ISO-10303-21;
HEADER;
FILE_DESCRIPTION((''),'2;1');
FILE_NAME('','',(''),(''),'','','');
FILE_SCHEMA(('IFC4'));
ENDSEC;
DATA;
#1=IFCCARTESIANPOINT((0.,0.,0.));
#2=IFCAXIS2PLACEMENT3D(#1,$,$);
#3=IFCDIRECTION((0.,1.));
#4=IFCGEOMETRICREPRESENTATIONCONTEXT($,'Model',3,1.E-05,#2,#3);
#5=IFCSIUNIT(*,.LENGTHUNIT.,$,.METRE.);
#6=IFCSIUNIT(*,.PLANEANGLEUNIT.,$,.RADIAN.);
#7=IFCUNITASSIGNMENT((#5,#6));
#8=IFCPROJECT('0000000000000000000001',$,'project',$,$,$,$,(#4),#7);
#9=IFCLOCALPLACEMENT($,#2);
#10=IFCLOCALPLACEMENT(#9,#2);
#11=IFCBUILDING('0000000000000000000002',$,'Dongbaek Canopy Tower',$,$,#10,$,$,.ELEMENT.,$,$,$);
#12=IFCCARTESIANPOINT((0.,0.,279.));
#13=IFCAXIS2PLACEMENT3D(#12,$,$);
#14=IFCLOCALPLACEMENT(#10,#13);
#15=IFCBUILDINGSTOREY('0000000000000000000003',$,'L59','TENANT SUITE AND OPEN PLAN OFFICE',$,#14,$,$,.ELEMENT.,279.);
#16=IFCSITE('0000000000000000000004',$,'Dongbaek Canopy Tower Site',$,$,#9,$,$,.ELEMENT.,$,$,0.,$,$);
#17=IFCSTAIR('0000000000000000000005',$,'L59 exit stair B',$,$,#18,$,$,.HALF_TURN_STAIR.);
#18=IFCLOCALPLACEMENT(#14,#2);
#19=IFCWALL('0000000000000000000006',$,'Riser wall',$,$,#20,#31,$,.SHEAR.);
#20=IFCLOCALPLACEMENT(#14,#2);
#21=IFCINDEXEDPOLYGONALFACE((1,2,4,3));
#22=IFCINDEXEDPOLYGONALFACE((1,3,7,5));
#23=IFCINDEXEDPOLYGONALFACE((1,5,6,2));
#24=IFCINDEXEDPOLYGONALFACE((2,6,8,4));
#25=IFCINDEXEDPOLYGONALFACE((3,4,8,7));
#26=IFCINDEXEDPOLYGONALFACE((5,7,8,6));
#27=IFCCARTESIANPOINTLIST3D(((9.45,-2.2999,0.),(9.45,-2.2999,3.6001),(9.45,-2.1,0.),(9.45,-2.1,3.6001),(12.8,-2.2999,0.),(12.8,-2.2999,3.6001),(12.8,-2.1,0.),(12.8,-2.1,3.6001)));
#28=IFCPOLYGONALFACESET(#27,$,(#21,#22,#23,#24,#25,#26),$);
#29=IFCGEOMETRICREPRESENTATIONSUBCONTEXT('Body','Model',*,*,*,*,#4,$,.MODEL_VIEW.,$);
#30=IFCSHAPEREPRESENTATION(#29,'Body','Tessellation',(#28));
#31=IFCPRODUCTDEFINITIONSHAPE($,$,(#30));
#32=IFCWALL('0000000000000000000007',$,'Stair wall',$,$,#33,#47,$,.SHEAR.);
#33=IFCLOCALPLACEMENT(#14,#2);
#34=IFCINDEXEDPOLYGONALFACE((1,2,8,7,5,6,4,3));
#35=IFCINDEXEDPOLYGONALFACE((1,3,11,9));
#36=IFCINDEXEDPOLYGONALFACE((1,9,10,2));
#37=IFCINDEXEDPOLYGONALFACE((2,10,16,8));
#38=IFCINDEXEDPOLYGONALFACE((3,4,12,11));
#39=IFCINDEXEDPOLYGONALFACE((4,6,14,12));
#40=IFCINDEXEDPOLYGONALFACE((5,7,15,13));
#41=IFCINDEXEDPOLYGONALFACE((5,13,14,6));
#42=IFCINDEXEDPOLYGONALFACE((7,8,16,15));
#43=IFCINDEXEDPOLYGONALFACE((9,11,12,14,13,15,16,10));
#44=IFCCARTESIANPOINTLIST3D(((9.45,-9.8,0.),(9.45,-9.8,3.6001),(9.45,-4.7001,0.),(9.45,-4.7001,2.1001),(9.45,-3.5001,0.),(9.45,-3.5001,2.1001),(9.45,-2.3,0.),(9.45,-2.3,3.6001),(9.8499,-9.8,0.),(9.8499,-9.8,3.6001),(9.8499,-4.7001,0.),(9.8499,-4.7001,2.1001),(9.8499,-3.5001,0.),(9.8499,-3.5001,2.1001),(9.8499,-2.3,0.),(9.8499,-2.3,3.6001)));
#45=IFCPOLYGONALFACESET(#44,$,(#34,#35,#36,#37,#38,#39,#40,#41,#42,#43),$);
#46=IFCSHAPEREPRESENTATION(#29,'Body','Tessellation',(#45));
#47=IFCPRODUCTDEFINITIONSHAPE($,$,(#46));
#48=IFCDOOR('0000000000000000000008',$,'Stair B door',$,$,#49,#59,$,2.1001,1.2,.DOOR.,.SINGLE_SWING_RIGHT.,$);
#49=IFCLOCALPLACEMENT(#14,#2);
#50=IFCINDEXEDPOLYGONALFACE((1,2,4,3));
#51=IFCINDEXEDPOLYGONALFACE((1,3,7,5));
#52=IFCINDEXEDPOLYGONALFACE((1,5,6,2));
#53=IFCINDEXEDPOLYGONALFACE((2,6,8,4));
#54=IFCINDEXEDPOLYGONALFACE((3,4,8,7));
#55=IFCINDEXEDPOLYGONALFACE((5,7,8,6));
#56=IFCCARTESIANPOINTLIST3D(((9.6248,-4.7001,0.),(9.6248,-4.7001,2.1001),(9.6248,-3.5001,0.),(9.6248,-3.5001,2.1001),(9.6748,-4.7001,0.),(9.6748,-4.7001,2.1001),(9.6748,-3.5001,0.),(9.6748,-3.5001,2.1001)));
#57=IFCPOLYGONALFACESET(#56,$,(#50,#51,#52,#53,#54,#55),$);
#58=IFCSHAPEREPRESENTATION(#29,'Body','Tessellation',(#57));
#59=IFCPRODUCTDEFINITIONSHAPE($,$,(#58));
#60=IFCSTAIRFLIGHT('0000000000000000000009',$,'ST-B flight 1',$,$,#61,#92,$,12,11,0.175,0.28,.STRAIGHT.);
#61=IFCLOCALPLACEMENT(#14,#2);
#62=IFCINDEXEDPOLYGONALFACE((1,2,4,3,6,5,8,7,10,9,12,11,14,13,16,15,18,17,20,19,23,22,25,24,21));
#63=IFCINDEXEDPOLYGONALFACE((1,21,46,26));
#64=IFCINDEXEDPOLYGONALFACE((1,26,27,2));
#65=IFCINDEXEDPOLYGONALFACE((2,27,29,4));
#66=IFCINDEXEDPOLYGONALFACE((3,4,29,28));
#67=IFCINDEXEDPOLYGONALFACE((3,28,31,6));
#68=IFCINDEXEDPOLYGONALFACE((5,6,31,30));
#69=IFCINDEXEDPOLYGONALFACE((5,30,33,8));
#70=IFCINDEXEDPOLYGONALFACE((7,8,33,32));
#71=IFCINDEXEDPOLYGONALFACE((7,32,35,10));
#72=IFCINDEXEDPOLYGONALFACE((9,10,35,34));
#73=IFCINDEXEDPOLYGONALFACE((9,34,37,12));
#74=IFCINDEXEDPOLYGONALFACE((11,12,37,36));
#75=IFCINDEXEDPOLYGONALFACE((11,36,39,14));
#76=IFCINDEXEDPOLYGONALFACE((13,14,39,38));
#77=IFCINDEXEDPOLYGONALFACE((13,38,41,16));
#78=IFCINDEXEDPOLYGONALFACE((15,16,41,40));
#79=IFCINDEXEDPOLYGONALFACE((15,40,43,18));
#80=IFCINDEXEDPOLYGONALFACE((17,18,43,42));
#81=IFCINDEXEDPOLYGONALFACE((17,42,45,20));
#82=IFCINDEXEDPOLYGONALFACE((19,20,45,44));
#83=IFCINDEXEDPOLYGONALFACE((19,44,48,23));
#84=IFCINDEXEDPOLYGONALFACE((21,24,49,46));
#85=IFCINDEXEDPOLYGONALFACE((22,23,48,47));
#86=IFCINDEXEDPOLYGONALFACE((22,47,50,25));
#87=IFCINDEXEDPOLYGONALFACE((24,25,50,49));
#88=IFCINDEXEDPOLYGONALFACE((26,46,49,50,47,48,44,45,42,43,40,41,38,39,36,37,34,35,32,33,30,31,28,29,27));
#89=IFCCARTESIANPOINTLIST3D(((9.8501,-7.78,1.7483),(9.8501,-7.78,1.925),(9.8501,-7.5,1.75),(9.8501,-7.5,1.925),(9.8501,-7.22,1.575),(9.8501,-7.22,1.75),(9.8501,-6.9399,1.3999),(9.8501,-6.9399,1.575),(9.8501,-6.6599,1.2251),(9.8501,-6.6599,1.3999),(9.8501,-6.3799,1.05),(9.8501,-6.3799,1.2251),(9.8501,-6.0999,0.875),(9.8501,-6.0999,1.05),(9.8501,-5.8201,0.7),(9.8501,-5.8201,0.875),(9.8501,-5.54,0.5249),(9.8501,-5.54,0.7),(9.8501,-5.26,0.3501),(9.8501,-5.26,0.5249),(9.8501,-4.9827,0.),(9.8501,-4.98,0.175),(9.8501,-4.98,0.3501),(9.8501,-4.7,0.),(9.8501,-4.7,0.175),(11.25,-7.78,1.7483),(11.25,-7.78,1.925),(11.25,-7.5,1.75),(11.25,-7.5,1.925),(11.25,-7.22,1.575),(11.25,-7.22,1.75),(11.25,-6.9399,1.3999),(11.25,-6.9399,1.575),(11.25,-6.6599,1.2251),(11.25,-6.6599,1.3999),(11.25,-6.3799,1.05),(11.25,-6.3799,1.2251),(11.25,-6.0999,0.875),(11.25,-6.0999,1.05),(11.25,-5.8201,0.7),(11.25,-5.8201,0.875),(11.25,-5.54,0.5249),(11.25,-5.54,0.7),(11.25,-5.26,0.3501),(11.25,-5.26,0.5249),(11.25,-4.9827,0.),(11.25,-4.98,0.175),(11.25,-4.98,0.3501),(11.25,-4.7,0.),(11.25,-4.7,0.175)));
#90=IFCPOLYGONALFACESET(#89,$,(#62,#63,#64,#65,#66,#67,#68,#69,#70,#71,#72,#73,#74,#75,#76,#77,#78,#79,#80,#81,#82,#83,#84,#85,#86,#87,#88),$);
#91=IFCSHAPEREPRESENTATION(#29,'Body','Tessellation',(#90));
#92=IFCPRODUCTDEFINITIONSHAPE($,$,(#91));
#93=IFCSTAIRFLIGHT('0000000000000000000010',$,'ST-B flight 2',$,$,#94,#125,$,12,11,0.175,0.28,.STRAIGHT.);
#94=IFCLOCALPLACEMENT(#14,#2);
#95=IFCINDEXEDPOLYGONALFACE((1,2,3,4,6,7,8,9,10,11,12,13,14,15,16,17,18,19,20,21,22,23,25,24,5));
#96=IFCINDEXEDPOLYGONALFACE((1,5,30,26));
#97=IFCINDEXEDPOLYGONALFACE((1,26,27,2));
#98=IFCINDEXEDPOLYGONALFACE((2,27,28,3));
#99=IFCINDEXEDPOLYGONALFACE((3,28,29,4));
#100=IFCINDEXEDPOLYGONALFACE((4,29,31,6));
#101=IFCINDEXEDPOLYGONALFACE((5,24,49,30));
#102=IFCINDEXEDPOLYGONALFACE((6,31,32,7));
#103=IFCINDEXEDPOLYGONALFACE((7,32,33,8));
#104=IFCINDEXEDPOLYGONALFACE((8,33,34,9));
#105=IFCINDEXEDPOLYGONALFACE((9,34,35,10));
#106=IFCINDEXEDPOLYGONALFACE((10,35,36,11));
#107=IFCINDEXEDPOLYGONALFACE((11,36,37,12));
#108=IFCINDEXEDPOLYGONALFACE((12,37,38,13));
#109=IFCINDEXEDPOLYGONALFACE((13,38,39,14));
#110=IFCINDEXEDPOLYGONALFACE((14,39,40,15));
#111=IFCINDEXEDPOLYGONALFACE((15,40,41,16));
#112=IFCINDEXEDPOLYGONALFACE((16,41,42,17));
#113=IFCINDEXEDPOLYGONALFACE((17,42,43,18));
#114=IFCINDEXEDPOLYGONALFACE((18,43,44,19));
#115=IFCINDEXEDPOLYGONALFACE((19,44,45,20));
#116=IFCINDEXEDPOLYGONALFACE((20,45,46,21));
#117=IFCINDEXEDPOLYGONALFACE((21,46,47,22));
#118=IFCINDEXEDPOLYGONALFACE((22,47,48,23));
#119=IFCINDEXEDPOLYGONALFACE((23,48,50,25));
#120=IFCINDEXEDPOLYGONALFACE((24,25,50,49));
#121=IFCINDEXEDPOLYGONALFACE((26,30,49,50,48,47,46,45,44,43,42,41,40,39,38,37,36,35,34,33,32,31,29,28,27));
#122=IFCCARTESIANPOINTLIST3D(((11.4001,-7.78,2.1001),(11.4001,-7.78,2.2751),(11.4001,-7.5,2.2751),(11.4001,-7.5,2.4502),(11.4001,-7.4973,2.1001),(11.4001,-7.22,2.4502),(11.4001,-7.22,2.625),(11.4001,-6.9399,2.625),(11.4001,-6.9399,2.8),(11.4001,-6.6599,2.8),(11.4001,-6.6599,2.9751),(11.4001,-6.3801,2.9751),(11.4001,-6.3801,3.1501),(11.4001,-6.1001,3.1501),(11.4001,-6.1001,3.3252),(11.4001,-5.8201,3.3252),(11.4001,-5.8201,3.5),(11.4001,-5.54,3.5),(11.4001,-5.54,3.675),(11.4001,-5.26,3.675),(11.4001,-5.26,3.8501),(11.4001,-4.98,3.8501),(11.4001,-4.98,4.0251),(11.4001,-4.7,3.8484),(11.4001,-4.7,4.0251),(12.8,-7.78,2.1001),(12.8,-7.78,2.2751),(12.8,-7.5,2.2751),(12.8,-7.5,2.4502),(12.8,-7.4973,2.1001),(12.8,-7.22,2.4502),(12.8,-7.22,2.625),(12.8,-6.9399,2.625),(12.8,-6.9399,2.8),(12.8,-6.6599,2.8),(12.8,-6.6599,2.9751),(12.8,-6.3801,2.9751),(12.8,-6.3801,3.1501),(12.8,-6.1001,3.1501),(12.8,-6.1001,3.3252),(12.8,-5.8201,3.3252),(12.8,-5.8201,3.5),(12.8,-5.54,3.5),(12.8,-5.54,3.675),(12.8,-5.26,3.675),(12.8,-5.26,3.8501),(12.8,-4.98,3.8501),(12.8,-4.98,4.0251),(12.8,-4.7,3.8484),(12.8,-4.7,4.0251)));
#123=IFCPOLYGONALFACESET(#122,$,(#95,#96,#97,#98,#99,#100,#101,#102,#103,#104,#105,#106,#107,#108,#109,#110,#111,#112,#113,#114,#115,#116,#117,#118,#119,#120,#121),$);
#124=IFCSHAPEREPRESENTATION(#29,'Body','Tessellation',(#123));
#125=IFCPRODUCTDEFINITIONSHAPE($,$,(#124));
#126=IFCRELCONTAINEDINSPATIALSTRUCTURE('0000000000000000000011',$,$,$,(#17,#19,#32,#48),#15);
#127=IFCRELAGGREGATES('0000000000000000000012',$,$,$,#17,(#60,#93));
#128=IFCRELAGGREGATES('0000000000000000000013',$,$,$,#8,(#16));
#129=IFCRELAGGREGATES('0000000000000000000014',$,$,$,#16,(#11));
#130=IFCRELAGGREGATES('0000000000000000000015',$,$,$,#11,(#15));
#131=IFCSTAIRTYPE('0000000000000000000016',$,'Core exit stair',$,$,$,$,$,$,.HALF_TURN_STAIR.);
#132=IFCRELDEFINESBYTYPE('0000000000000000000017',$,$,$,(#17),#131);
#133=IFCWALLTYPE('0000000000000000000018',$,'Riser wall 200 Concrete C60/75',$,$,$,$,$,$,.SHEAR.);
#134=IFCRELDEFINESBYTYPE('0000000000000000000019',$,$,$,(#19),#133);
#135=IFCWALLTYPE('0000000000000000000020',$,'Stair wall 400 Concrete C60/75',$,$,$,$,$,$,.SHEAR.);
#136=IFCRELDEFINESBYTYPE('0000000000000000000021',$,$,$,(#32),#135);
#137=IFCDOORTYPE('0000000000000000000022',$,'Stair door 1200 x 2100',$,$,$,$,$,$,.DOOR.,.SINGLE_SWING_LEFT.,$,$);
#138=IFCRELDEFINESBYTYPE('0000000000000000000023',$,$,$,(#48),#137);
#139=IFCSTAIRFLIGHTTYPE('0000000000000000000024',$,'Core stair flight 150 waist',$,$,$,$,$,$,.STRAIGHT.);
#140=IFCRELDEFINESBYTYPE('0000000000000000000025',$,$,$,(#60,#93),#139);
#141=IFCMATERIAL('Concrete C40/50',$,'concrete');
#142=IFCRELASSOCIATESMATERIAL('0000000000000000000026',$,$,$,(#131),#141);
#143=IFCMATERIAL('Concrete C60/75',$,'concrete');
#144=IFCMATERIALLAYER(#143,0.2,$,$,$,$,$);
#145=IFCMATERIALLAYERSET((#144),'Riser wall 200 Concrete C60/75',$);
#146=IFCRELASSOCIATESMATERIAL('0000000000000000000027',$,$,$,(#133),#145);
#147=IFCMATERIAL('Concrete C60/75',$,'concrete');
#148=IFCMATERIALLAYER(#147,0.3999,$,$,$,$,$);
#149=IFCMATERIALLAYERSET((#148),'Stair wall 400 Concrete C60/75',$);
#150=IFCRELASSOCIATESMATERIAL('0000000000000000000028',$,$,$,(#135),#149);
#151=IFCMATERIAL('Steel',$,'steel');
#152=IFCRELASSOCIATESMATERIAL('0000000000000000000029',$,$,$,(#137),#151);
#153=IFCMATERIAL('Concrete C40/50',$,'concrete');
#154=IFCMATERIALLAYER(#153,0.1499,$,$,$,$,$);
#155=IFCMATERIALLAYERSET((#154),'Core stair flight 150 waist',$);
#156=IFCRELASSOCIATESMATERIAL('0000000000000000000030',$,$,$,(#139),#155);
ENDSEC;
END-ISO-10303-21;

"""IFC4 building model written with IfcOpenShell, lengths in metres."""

from ifc_helpers import new_model, si_unit, direction, frame, frame_2d, origin, place, context, subcontext, project, spatial, polyline, rectangle, outline, extrude, material, layer, layer_set, type_object, element, fill, aggregate, save


model = new_model("IFC4")

# Units and contexts
model_context = context("Model", 3, precision=1e-05, world=origin(), true_north=direction((0.0, 1.0)))
body_context = subcontext(model_context, "Body", "Model", "MODEL_VIEW")
ifc_project = project(units=[si_unit("LENGTHUNIT", "METRE"), si_unit("PLANEANGLEUNIT", "RADIAN")], contexts=[model_context])

# Site, building, storey
site_placement = place(None, origin())
site = spatial("IfcSite", under=ifc_project, at=site_placement, Name="Dongbaek Canopy Tower Site", CompositionType="ELEMENT", RefElevation=0.0)
building_placement = place(site_placement, origin())
building = spatial("IfcBuilding", under=site, at=building_placement, Name="Dongbaek Canopy Tower", CompositionType="ELEMENT")
storey_placement = place(building_placement, frame((0.0, 0.0, 279.0)))
storey = spatial("IfcBuildingStorey", under=building, at=storey_placement, Name="L59", Description="TENANT SUITE AND OPEN PLAN OFFICE", CompositionType="ELEMENT", Elevation=279.0)

# Stair
ifc_material_1 = material(Name="Concrete C40/50", Category="concrete")
stair_type = type_object("IfcStairType", Name="Core exit stair", PredefinedType="HALF_TURN_STAIR", material=ifc_material_1)
stair_1_placement = place(storey_placement, origin())
stair_1 = element("IfcStair", 1, at=stair_1_placement, inside=storey, type_object=stair_type, Name="L59 exit stair B", PredefinedType="HALF_TURN_STAIR")

# Wall
ifc_material_2 = material(Name="Concrete C60/75", Category="concrete")
ifc_layer_1 = layer(ifc_material_2, 0.2)
ifc_layer_set_1 = layer_set([ifc_layer_1], Name="Riser wall 200 Concrete C60/75")
wall_type_1 = type_object("IfcWallType", Name="Riser wall 200 Concrete C60/75", PredefinedType="SHEAR", material=ifc_layer_set_1)
wall_1_placement = place(storey_placement, frame((9.45, -2.2, 0.0), z_axis=(0.0, 0.0, 1.0), x_axis=(1.0, 0.0, 0.0)))
element("IfcWall", 2, at=wall_1_placement, inside=storey, type_object=wall_type_1, Name="Riser wall", PredefinedType="SHEAR", context=body_context, shape_type="SweptSolid", body=[
    extrude(rectangle(XDim=3.3501, YDim=0.2, at=frame_2d((1.675, 0.0))), origin(), (0.0, 0.0, 1.0), 3.6001),
])

# Wall, opening, door
ifc_material_3 = material(Name="Concrete C60/75", Category="concrete")
ifc_layer_2 = layer(ifc_material_3, 0.3999)
ifc_layer_set_2 = layer_set([ifc_layer_2], Name="Stair wall 400 Concrete C60/75")
wall_type_2 = type_object("IfcWallType", Name="Stair wall 400 Concrete C60/75", PredefinedType="SHEAR", material=ifc_layer_set_2)
wall_2_placement = place(storey_placement, frame((9.6499, -2.3, 0.0), z_axis=(0.0, 0.0, 1.0), x_axis=(0.0, -1.0, 0.0)))
wall_2 = element("IfcWall", 3, at=wall_2_placement, inside=storey, type_object=wall_type_2, Name="Stair wall", PredefinedType="SHEAR", context=body_context, shape_type="SweptSolid", body=[
    extrude(rectangle(XDim=7.5, YDim=0.3999, at=frame_2d((3.75, 0.0))), origin(), (0.0, 0.0, 1.0), 3.6001),
])
opening_1_placement = place(wall_2_placement, frame((1.2, 0.0, 0.0)))
opening_1 = element("IfcOpeningElement", 4, at=opening_1_placement, cuts=wall_2, PredefinedType="OPENING", context=body_context, shape_type="SweptSolid", body=[
    extrude(rectangle(XDim=1.2, YDim=2.1001, at=frame_2d((0.6001, 1.05))), frame((0.0, 0.21, 0.0), z_axis=(0.0, -1.0, 0.0), x_axis=(1.0, 0.0, 0.0)), (0.0, 0.0, 1.0), 0.4199),
])
ifc_material_4 = material(Name="Steel", Category="steel")
door_type_1 = type_object("IfcDoorType", Name="Stair door 1200 x 2100", OperationType="SINGLE_SWING_LEFT", PredefinedType="DOOR", material=ifc_material_4)
door_1_placement = place(opening_1_placement, origin())
door_1 = element("IfcDoor", 5, at=door_1_placement, inside=storey, type_object=door_type_1, Name="Stair B door", OperationType="SINGLE_SWING_RIGHT", OverallHeight=2.1001, OverallWidth=1.2, PredefinedType="DOOR", context=body_context, shape_type="SweptSolid", body=[
    extrude(rectangle(XDim=1.2, YDim=2.1001, at=frame_2d((0.6001, 1.05))), frame((0.0, 0.0249, 0.0), z_axis=(0.0, -1.0, 0.0), x_axis=(1.0, 0.0, 0.0)), (0.0, 0.0, 1.0), 0.05),
])
fill(opening_1, door_1)

# Stair flights
ifc_material_5 = material(Name="Concrete C40/50", Category="concrete")
ifc_layer_3 = layer(ifc_material_5, 0.1499)
ifc_layer_set_3 = layer_set([ifc_layer_3], Name="Core stair flight 150 waist")
stair_flight_type = type_object("IfcStairFlightType", Name="Core stair flight 150 waist", PredefinedType="STRAIGHT", material=ifc_layer_set_3)
stair_flight_1_placement = place(storey_placement, frame((10.55, -4.7, 0.0), z_axis=(0.0, 0.0, 1.0), x_axis=(0.0, -1.0, 0.0)))
stair_flight_1 = element("IfcStairFlight", 6, at=stair_flight_1_placement, type_object=stair_flight_type, Name="ST-B flight 1", NumberOfRisers=12, NumberOfTreads=11, PredefinedType="STRAIGHT", RiserHeight=0.175, TreadLength=0.28, context=body_context, shape_type="SweptSolid", body=[
    extrude(outline(polyline([(0.0, 0.0), (0.0, 0.175), (0.28, 0.175), (0.28, 0.3501), (0.5601, 0.3501), (0.5601, 0.5249), (0.8401, 0.5249), (0.8401, 0.7), (1.1201, 0.7), (1.1201, 0.875), (1.3999, 0.875), (1.3999, 1.05), (1.6799, 1.05), (1.6799, 1.2251), (1.96, 1.2251), (1.96, 1.3999), (2.24, 1.3999), (2.24, 1.575), (2.52, 1.575), (2.52, 1.75), (2.8, 1.75), (2.8, 1.925), (3.0801, 1.925), (3.0801, 2.1001), (3.0801, 1.7483), (0.2827, 0.0), (0.0, 0.0)])), frame((0.0, 0.7, 0.0), z_axis=(0.0, -1.0, 0.0), x_axis=(1.0, 0.0, 0.0)), (0.0, 0.0, 1.0), 1.3999),
])
stair_flight_2_placement = place(storey_placement, frame((12.1001, -7.78, 2.1001), z_axis=(0.0, 0.0, 1.0), x_axis=(0.0, 1.0, 0.0)))
stair_flight_2 = element("IfcStairFlight", 7, at=stair_flight_2_placement, type_object=stair_flight_type, Name="ST-B flight 2", NumberOfRisers=12, NumberOfTreads=11, PredefinedType="STRAIGHT", RiserHeight=0.175, TreadLength=0.28, context=body_context, shape_type="SweptSolid", body=[
    extrude(outline(polyline([(0.0, 0.0), (0.0, 0.175), (0.28, 0.175), (0.28, 0.3501), (0.5601, 0.3501), (0.5601, 0.5249), (0.8401, 0.5249), (0.8401, 0.7), (1.1201, 0.7), (1.1201, 0.875), (1.3999, 0.875), (1.3999, 1.05), (1.6799, 1.05), (1.6799, 1.2251), (1.96, 1.2251), (1.96, 1.3999), (2.24, 1.3999), (2.24, 1.575), (2.52, 1.575), (2.52, 1.75), (2.8, 1.75), (2.8, 1.925), (3.0801, 1.925), (3.0801, 2.1001), (3.0801, 1.7483), (0.2827, 0.0), (0.0, 0.0)])), frame((0.0, 0.7, 0.0), z_axis=(0.0, -1.0, 0.0), x_axis=(1.0, 0.0, 0.0)), (0.0, 0.0, 1.0), 1.3999),
])
aggregate(stair_1, [stair_flight_1, stair_flight_2])

save(model, "model.ifc")
